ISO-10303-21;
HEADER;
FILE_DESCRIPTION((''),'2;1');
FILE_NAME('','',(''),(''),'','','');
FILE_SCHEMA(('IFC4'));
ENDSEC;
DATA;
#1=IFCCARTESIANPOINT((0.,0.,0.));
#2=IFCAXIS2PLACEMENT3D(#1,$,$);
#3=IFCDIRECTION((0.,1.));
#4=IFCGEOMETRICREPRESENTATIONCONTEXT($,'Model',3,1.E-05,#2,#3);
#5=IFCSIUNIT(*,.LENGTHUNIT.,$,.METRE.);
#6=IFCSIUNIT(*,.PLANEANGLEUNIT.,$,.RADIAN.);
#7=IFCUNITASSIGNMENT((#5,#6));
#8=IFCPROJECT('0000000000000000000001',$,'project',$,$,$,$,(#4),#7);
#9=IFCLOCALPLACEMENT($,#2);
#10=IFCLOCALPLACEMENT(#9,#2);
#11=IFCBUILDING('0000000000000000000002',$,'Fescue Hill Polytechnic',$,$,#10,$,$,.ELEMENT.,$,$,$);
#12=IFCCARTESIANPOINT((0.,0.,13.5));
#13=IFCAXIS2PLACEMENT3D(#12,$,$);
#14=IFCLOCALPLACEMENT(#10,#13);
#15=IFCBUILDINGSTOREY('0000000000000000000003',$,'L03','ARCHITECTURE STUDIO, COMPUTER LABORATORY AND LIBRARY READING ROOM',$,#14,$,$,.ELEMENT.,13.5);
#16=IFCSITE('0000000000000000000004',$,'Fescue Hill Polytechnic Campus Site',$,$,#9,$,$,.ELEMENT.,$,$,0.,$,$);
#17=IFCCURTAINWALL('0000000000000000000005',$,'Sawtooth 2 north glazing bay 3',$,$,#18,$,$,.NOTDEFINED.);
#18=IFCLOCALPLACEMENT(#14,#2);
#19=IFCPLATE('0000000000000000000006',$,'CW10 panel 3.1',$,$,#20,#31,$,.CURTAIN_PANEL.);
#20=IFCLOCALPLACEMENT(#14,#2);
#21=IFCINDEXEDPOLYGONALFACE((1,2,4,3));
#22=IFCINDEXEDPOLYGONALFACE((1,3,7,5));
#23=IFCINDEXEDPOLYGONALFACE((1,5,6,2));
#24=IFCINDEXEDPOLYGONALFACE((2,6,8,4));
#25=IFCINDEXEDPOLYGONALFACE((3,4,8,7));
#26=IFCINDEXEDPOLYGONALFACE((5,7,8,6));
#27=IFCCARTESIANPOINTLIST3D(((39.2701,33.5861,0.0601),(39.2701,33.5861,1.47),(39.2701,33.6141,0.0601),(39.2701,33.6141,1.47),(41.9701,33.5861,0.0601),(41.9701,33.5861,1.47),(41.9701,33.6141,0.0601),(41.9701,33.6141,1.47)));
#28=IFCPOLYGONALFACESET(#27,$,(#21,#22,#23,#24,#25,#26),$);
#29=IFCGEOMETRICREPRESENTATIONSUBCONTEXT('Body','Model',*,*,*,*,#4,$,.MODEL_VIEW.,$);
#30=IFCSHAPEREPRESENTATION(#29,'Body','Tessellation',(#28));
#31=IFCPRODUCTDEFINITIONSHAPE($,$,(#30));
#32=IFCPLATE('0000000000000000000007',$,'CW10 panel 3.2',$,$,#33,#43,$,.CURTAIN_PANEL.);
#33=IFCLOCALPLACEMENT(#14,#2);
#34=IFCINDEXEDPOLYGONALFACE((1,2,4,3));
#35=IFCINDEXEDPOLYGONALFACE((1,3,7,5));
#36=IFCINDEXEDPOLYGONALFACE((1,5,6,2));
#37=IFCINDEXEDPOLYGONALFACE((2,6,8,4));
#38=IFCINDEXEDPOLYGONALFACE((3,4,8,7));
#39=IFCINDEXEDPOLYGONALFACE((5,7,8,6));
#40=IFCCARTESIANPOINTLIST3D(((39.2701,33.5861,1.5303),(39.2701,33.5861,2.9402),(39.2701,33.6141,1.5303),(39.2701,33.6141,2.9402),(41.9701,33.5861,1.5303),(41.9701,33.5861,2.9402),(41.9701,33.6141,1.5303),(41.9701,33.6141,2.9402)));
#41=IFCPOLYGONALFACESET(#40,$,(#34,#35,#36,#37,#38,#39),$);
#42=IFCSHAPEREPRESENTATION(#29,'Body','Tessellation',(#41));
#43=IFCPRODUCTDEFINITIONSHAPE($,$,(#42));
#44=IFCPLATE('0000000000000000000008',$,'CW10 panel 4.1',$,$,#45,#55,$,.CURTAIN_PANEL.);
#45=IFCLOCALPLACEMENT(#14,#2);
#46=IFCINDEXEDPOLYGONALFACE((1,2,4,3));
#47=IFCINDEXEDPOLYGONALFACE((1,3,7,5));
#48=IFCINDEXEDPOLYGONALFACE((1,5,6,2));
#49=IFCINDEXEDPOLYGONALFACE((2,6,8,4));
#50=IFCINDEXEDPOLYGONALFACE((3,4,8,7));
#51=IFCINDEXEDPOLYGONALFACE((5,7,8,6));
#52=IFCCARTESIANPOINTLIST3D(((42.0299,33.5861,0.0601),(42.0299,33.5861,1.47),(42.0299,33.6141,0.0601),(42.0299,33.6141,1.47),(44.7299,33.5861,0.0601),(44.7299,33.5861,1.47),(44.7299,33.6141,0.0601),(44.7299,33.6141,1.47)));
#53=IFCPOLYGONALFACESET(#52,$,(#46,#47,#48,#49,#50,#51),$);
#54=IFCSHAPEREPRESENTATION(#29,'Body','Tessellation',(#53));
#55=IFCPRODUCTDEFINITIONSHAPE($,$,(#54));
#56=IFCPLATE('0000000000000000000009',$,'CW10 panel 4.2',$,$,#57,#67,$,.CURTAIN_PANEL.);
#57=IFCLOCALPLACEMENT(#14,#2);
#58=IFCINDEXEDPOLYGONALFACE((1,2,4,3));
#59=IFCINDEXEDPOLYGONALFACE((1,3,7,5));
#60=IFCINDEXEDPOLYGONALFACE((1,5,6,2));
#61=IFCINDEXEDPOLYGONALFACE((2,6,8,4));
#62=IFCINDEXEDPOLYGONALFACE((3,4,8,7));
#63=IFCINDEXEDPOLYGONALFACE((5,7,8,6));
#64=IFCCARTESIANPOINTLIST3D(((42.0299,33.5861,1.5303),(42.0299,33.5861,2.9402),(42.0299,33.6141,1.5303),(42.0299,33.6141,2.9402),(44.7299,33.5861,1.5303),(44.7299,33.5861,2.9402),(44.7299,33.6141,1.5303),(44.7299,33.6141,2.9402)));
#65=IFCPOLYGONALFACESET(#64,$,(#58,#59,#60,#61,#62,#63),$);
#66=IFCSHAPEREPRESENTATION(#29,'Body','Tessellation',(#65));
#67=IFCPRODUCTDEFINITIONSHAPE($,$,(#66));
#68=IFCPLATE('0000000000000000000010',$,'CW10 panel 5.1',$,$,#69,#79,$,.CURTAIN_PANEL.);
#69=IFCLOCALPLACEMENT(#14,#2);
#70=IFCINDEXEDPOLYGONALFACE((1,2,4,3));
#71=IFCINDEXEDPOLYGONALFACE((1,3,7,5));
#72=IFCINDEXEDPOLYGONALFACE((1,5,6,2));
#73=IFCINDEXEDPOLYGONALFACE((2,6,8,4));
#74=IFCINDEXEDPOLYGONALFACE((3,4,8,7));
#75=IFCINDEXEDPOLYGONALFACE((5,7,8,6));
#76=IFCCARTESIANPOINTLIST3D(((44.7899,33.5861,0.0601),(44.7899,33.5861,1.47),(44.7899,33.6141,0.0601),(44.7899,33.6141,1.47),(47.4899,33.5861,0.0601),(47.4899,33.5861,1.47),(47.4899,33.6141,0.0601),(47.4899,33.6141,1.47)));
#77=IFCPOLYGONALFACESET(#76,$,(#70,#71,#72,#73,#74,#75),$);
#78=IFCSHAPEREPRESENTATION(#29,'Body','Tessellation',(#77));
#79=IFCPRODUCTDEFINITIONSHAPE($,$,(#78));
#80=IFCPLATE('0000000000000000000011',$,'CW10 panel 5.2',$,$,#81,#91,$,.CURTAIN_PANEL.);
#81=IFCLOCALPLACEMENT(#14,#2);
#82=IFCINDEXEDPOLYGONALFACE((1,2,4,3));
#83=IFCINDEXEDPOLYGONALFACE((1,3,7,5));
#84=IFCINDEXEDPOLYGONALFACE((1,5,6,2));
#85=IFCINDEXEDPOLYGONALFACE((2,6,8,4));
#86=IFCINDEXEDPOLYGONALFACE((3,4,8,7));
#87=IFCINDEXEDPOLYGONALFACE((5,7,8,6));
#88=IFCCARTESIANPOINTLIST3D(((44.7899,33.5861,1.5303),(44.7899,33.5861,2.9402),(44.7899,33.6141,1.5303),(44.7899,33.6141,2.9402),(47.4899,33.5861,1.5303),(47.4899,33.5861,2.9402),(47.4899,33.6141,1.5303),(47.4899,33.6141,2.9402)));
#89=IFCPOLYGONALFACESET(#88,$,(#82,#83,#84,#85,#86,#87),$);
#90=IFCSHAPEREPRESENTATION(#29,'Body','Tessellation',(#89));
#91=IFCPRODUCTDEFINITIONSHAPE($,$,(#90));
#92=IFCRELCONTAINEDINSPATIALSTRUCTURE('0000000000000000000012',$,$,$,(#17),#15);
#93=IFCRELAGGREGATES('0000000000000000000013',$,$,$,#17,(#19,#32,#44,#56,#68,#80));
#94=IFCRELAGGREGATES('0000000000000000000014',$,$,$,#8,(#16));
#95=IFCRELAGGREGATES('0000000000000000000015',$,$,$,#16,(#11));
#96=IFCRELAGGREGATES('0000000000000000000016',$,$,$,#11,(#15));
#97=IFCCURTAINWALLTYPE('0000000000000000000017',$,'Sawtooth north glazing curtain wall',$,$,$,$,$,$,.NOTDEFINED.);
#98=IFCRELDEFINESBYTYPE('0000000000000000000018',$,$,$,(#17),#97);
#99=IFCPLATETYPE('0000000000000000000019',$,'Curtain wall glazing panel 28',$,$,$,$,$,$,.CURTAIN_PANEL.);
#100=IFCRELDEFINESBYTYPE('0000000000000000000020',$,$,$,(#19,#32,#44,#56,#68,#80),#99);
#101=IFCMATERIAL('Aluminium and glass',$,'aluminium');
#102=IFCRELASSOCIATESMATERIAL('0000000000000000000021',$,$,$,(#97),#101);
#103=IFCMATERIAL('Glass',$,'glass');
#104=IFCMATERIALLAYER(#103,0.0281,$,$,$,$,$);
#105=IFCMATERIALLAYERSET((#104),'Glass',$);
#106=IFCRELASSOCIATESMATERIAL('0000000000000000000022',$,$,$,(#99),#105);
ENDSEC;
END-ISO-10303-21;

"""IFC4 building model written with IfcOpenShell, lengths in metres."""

from ifc_helpers import new_model, si_unit, direction, frame, origin, origin_2d, place, context, subcontext, project, spatial, rectangle, extrude, material, layer, layer_set, type_object, element, aggregate, save


model = new_model("IFC4")

# Units and contexts
model_context = context("Model", 3, precision=1e-05, world=origin(), true_north=direction((0.0, 1.0)))
body_context = subcontext(model_context, "Body", "Model", "MODEL_VIEW")
ifc_project = project(units=[si_unit("LENGTHUNIT", "METRE"), si_unit("PLANEANGLEUNIT", "RADIAN")], contexts=[model_context])

# Site, building, storey
site_placement = place(None, origin())
site = spatial("IfcSite", under=ifc_project, at=site_placement, Name="Fescue Hill Polytechnic Campus Site", CompositionType="ELEMENT", RefElevation=0.0)
building_placement = place(site_placement, origin())
building = spatial("IfcBuilding", under=site, at=building_placement, Name="Fescue Hill Polytechnic", CompositionType="ELEMENT")
storey_placement = place(building_placement, frame((0.0, 0.0, 13.5)))
storey = spatial("IfcBuildingStorey", under=building, at=storey_placement, Name="L03", Description="ARCHITECTURE STUDIO, COMPUTER LABORATORY AND LIBRARY READING ROOM", CompositionType="ELEMENT", Elevation=13.5)

# Curtain wall
ifc_material_1 = material(Name="Aluminium and glass", Category="aluminium")
curtain_wall_type = type_object("IfcCurtainWallType", Name="Sawtooth north glazing curtain wall", PredefinedType="NOTDEFINED", material=ifc_material_1)
curtain_wall_1_placement = place(storey_placement, origin())
curtain_wall_1 = element("IfcCurtainWall", 1, at=curtain_wall_1_placement, inside=storey, type_object=curtain_wall_type, Name="Sawtooth 2 north glazing bay 3", PredefinedType="NOTDEFINED")

# Plates
ifc_material_2 = material(Name="Glass", Category="glass")
ifc_layer = layer(ifc_material_2, 0.0281)
ifc_layer_set = layer_set([ifc_layer], Name="Glass")
plate_type = type_object("IfcPlateType", Name="Curtain wall glazing panel 28", PredefinedType="CURTAIN_PANEL", material=ifc_layer_set)
plate_1_placement = place(storey_placement, frame((40.6201, 33.6001, 0.0601), z_axis=(0.0, 0.0, 1.0), x_axis=(1.0, 0.0, 0.0)))
plate_1 = element("IfcPlate", 2, at=plate_1_placement, type_object=plate_type, Name="CW10 panel 3.1", PredefinedType="CURTAIN_PANEL", context=body_context, shape_type="SweptSolid", body=[
    extrude(rectangle(XDim=2.7, YDim=0.0281, at=origin_2d()), origin(), (0.0, 0.0, 1.0), 1.4099),
])
plate_2_placement = place(storey_placement, frame((40.6201, 33.6001, 1.5303), z_axis=(0.0, 0.0, 1.0), x_axis=(1.0, 0.0, 0.0)))
plate_2 = element("IfcPlate", 3, at=plate_2_placement, type_object=plate_type, Name="CW10 panel 3.2", PredefinedType="CURTAIN_PANEL", context=body_context, shape_type="SweptSolid", body=[
    extrude(rectangle(XDim=2.7, YDim=0.0281, at=origin_2d()), origin(), (0.0, 0.0, 1.0), 1.4099),
])
plate_3_placement = place(storey_placement, frame((43.3799, 33.6001, 0.0601), z_axis=(0.0, 0.0, 1.0), x_axis=(1.0, 0.0, 0.0)))
plate_3 = element("IfcPlate", 4, at=plate_3_placement, type_object=plate_type, Name="CW10 panel 4.1", PredefinedType="CURTAIN_PANEL", context=body_context, shape_type="SweptSolid", body=[
    extrude(rectangle(XDim=2.7, YDim=0.0281, at=origin_2d()), origin(), (0.0, 0.0, 1.0), 1.4099),
])
plate_4_placement = place(storey_placement, frame((43.3799, 33.6001, 1.5303), z_axis=(0.0, 0.0, 1.0), x_axis=(1.0, 0.0, 0.0)))
plate_4 = element("IfcPlate", 5, at=plate_4_placement, type_object=plate_type, Name="CW10 panel 4.2", PredefinedType="CURTAIN_PANEL", context=body_context, shape_type="SweptSolid", body=[
    extrude(rectangle(XDim=2.7, YDim=0.0281, at=origin_2d()), origin(), (0.0, 0.0, 1.0), 1.4099),
])
plate_5_placement = place(storey_placement, frame((46.1399, 33.6001, 0.0601), z_axis=(0.0, 0.0, 1.0), x_axis=(1.0, 0.0, 0.0)))
plate_5 = element("IfcPlate", 6, at=plate_5_placement, type_object=plate_type, Name="CW10 panel 5.1", PredefinedType="CURTAIN_PANEL", context=body_context, shape_type="SweptSolid", body=[
    extrude(rectangle(XDim=2.7, YDim=0.0281, at=origin_2d()), origin(), (0.0, 0.0, 1.0), 1.4099),
])
plate_6_placement = place(storey_placement, frame((46.1399, 33.6001, 1.5303), z_axis=(0.0, 0.0, 1.0), x_axis=(1.0, 0.0, 0.0)))
plate_6 = element("IfcPlate", 7, at=plate_6_placement, type_object=plate_type, Name="CW10 panel 5.2", PredefinedType="CURTAIN_PANEL", context=body_context, shape_type="SweptSolid", body=[
    extrude(rectangle(XDim=2.7, YDim=0.0281, at=origin_2d()), origin(), (0.0, 0.0, 1.0), 1.4099),
])
aggregate(curtain_wall_1, [plate_1, plate_2, plate_3, plate_4, plate_5, plate_6])

save(model, "model.ifc")
